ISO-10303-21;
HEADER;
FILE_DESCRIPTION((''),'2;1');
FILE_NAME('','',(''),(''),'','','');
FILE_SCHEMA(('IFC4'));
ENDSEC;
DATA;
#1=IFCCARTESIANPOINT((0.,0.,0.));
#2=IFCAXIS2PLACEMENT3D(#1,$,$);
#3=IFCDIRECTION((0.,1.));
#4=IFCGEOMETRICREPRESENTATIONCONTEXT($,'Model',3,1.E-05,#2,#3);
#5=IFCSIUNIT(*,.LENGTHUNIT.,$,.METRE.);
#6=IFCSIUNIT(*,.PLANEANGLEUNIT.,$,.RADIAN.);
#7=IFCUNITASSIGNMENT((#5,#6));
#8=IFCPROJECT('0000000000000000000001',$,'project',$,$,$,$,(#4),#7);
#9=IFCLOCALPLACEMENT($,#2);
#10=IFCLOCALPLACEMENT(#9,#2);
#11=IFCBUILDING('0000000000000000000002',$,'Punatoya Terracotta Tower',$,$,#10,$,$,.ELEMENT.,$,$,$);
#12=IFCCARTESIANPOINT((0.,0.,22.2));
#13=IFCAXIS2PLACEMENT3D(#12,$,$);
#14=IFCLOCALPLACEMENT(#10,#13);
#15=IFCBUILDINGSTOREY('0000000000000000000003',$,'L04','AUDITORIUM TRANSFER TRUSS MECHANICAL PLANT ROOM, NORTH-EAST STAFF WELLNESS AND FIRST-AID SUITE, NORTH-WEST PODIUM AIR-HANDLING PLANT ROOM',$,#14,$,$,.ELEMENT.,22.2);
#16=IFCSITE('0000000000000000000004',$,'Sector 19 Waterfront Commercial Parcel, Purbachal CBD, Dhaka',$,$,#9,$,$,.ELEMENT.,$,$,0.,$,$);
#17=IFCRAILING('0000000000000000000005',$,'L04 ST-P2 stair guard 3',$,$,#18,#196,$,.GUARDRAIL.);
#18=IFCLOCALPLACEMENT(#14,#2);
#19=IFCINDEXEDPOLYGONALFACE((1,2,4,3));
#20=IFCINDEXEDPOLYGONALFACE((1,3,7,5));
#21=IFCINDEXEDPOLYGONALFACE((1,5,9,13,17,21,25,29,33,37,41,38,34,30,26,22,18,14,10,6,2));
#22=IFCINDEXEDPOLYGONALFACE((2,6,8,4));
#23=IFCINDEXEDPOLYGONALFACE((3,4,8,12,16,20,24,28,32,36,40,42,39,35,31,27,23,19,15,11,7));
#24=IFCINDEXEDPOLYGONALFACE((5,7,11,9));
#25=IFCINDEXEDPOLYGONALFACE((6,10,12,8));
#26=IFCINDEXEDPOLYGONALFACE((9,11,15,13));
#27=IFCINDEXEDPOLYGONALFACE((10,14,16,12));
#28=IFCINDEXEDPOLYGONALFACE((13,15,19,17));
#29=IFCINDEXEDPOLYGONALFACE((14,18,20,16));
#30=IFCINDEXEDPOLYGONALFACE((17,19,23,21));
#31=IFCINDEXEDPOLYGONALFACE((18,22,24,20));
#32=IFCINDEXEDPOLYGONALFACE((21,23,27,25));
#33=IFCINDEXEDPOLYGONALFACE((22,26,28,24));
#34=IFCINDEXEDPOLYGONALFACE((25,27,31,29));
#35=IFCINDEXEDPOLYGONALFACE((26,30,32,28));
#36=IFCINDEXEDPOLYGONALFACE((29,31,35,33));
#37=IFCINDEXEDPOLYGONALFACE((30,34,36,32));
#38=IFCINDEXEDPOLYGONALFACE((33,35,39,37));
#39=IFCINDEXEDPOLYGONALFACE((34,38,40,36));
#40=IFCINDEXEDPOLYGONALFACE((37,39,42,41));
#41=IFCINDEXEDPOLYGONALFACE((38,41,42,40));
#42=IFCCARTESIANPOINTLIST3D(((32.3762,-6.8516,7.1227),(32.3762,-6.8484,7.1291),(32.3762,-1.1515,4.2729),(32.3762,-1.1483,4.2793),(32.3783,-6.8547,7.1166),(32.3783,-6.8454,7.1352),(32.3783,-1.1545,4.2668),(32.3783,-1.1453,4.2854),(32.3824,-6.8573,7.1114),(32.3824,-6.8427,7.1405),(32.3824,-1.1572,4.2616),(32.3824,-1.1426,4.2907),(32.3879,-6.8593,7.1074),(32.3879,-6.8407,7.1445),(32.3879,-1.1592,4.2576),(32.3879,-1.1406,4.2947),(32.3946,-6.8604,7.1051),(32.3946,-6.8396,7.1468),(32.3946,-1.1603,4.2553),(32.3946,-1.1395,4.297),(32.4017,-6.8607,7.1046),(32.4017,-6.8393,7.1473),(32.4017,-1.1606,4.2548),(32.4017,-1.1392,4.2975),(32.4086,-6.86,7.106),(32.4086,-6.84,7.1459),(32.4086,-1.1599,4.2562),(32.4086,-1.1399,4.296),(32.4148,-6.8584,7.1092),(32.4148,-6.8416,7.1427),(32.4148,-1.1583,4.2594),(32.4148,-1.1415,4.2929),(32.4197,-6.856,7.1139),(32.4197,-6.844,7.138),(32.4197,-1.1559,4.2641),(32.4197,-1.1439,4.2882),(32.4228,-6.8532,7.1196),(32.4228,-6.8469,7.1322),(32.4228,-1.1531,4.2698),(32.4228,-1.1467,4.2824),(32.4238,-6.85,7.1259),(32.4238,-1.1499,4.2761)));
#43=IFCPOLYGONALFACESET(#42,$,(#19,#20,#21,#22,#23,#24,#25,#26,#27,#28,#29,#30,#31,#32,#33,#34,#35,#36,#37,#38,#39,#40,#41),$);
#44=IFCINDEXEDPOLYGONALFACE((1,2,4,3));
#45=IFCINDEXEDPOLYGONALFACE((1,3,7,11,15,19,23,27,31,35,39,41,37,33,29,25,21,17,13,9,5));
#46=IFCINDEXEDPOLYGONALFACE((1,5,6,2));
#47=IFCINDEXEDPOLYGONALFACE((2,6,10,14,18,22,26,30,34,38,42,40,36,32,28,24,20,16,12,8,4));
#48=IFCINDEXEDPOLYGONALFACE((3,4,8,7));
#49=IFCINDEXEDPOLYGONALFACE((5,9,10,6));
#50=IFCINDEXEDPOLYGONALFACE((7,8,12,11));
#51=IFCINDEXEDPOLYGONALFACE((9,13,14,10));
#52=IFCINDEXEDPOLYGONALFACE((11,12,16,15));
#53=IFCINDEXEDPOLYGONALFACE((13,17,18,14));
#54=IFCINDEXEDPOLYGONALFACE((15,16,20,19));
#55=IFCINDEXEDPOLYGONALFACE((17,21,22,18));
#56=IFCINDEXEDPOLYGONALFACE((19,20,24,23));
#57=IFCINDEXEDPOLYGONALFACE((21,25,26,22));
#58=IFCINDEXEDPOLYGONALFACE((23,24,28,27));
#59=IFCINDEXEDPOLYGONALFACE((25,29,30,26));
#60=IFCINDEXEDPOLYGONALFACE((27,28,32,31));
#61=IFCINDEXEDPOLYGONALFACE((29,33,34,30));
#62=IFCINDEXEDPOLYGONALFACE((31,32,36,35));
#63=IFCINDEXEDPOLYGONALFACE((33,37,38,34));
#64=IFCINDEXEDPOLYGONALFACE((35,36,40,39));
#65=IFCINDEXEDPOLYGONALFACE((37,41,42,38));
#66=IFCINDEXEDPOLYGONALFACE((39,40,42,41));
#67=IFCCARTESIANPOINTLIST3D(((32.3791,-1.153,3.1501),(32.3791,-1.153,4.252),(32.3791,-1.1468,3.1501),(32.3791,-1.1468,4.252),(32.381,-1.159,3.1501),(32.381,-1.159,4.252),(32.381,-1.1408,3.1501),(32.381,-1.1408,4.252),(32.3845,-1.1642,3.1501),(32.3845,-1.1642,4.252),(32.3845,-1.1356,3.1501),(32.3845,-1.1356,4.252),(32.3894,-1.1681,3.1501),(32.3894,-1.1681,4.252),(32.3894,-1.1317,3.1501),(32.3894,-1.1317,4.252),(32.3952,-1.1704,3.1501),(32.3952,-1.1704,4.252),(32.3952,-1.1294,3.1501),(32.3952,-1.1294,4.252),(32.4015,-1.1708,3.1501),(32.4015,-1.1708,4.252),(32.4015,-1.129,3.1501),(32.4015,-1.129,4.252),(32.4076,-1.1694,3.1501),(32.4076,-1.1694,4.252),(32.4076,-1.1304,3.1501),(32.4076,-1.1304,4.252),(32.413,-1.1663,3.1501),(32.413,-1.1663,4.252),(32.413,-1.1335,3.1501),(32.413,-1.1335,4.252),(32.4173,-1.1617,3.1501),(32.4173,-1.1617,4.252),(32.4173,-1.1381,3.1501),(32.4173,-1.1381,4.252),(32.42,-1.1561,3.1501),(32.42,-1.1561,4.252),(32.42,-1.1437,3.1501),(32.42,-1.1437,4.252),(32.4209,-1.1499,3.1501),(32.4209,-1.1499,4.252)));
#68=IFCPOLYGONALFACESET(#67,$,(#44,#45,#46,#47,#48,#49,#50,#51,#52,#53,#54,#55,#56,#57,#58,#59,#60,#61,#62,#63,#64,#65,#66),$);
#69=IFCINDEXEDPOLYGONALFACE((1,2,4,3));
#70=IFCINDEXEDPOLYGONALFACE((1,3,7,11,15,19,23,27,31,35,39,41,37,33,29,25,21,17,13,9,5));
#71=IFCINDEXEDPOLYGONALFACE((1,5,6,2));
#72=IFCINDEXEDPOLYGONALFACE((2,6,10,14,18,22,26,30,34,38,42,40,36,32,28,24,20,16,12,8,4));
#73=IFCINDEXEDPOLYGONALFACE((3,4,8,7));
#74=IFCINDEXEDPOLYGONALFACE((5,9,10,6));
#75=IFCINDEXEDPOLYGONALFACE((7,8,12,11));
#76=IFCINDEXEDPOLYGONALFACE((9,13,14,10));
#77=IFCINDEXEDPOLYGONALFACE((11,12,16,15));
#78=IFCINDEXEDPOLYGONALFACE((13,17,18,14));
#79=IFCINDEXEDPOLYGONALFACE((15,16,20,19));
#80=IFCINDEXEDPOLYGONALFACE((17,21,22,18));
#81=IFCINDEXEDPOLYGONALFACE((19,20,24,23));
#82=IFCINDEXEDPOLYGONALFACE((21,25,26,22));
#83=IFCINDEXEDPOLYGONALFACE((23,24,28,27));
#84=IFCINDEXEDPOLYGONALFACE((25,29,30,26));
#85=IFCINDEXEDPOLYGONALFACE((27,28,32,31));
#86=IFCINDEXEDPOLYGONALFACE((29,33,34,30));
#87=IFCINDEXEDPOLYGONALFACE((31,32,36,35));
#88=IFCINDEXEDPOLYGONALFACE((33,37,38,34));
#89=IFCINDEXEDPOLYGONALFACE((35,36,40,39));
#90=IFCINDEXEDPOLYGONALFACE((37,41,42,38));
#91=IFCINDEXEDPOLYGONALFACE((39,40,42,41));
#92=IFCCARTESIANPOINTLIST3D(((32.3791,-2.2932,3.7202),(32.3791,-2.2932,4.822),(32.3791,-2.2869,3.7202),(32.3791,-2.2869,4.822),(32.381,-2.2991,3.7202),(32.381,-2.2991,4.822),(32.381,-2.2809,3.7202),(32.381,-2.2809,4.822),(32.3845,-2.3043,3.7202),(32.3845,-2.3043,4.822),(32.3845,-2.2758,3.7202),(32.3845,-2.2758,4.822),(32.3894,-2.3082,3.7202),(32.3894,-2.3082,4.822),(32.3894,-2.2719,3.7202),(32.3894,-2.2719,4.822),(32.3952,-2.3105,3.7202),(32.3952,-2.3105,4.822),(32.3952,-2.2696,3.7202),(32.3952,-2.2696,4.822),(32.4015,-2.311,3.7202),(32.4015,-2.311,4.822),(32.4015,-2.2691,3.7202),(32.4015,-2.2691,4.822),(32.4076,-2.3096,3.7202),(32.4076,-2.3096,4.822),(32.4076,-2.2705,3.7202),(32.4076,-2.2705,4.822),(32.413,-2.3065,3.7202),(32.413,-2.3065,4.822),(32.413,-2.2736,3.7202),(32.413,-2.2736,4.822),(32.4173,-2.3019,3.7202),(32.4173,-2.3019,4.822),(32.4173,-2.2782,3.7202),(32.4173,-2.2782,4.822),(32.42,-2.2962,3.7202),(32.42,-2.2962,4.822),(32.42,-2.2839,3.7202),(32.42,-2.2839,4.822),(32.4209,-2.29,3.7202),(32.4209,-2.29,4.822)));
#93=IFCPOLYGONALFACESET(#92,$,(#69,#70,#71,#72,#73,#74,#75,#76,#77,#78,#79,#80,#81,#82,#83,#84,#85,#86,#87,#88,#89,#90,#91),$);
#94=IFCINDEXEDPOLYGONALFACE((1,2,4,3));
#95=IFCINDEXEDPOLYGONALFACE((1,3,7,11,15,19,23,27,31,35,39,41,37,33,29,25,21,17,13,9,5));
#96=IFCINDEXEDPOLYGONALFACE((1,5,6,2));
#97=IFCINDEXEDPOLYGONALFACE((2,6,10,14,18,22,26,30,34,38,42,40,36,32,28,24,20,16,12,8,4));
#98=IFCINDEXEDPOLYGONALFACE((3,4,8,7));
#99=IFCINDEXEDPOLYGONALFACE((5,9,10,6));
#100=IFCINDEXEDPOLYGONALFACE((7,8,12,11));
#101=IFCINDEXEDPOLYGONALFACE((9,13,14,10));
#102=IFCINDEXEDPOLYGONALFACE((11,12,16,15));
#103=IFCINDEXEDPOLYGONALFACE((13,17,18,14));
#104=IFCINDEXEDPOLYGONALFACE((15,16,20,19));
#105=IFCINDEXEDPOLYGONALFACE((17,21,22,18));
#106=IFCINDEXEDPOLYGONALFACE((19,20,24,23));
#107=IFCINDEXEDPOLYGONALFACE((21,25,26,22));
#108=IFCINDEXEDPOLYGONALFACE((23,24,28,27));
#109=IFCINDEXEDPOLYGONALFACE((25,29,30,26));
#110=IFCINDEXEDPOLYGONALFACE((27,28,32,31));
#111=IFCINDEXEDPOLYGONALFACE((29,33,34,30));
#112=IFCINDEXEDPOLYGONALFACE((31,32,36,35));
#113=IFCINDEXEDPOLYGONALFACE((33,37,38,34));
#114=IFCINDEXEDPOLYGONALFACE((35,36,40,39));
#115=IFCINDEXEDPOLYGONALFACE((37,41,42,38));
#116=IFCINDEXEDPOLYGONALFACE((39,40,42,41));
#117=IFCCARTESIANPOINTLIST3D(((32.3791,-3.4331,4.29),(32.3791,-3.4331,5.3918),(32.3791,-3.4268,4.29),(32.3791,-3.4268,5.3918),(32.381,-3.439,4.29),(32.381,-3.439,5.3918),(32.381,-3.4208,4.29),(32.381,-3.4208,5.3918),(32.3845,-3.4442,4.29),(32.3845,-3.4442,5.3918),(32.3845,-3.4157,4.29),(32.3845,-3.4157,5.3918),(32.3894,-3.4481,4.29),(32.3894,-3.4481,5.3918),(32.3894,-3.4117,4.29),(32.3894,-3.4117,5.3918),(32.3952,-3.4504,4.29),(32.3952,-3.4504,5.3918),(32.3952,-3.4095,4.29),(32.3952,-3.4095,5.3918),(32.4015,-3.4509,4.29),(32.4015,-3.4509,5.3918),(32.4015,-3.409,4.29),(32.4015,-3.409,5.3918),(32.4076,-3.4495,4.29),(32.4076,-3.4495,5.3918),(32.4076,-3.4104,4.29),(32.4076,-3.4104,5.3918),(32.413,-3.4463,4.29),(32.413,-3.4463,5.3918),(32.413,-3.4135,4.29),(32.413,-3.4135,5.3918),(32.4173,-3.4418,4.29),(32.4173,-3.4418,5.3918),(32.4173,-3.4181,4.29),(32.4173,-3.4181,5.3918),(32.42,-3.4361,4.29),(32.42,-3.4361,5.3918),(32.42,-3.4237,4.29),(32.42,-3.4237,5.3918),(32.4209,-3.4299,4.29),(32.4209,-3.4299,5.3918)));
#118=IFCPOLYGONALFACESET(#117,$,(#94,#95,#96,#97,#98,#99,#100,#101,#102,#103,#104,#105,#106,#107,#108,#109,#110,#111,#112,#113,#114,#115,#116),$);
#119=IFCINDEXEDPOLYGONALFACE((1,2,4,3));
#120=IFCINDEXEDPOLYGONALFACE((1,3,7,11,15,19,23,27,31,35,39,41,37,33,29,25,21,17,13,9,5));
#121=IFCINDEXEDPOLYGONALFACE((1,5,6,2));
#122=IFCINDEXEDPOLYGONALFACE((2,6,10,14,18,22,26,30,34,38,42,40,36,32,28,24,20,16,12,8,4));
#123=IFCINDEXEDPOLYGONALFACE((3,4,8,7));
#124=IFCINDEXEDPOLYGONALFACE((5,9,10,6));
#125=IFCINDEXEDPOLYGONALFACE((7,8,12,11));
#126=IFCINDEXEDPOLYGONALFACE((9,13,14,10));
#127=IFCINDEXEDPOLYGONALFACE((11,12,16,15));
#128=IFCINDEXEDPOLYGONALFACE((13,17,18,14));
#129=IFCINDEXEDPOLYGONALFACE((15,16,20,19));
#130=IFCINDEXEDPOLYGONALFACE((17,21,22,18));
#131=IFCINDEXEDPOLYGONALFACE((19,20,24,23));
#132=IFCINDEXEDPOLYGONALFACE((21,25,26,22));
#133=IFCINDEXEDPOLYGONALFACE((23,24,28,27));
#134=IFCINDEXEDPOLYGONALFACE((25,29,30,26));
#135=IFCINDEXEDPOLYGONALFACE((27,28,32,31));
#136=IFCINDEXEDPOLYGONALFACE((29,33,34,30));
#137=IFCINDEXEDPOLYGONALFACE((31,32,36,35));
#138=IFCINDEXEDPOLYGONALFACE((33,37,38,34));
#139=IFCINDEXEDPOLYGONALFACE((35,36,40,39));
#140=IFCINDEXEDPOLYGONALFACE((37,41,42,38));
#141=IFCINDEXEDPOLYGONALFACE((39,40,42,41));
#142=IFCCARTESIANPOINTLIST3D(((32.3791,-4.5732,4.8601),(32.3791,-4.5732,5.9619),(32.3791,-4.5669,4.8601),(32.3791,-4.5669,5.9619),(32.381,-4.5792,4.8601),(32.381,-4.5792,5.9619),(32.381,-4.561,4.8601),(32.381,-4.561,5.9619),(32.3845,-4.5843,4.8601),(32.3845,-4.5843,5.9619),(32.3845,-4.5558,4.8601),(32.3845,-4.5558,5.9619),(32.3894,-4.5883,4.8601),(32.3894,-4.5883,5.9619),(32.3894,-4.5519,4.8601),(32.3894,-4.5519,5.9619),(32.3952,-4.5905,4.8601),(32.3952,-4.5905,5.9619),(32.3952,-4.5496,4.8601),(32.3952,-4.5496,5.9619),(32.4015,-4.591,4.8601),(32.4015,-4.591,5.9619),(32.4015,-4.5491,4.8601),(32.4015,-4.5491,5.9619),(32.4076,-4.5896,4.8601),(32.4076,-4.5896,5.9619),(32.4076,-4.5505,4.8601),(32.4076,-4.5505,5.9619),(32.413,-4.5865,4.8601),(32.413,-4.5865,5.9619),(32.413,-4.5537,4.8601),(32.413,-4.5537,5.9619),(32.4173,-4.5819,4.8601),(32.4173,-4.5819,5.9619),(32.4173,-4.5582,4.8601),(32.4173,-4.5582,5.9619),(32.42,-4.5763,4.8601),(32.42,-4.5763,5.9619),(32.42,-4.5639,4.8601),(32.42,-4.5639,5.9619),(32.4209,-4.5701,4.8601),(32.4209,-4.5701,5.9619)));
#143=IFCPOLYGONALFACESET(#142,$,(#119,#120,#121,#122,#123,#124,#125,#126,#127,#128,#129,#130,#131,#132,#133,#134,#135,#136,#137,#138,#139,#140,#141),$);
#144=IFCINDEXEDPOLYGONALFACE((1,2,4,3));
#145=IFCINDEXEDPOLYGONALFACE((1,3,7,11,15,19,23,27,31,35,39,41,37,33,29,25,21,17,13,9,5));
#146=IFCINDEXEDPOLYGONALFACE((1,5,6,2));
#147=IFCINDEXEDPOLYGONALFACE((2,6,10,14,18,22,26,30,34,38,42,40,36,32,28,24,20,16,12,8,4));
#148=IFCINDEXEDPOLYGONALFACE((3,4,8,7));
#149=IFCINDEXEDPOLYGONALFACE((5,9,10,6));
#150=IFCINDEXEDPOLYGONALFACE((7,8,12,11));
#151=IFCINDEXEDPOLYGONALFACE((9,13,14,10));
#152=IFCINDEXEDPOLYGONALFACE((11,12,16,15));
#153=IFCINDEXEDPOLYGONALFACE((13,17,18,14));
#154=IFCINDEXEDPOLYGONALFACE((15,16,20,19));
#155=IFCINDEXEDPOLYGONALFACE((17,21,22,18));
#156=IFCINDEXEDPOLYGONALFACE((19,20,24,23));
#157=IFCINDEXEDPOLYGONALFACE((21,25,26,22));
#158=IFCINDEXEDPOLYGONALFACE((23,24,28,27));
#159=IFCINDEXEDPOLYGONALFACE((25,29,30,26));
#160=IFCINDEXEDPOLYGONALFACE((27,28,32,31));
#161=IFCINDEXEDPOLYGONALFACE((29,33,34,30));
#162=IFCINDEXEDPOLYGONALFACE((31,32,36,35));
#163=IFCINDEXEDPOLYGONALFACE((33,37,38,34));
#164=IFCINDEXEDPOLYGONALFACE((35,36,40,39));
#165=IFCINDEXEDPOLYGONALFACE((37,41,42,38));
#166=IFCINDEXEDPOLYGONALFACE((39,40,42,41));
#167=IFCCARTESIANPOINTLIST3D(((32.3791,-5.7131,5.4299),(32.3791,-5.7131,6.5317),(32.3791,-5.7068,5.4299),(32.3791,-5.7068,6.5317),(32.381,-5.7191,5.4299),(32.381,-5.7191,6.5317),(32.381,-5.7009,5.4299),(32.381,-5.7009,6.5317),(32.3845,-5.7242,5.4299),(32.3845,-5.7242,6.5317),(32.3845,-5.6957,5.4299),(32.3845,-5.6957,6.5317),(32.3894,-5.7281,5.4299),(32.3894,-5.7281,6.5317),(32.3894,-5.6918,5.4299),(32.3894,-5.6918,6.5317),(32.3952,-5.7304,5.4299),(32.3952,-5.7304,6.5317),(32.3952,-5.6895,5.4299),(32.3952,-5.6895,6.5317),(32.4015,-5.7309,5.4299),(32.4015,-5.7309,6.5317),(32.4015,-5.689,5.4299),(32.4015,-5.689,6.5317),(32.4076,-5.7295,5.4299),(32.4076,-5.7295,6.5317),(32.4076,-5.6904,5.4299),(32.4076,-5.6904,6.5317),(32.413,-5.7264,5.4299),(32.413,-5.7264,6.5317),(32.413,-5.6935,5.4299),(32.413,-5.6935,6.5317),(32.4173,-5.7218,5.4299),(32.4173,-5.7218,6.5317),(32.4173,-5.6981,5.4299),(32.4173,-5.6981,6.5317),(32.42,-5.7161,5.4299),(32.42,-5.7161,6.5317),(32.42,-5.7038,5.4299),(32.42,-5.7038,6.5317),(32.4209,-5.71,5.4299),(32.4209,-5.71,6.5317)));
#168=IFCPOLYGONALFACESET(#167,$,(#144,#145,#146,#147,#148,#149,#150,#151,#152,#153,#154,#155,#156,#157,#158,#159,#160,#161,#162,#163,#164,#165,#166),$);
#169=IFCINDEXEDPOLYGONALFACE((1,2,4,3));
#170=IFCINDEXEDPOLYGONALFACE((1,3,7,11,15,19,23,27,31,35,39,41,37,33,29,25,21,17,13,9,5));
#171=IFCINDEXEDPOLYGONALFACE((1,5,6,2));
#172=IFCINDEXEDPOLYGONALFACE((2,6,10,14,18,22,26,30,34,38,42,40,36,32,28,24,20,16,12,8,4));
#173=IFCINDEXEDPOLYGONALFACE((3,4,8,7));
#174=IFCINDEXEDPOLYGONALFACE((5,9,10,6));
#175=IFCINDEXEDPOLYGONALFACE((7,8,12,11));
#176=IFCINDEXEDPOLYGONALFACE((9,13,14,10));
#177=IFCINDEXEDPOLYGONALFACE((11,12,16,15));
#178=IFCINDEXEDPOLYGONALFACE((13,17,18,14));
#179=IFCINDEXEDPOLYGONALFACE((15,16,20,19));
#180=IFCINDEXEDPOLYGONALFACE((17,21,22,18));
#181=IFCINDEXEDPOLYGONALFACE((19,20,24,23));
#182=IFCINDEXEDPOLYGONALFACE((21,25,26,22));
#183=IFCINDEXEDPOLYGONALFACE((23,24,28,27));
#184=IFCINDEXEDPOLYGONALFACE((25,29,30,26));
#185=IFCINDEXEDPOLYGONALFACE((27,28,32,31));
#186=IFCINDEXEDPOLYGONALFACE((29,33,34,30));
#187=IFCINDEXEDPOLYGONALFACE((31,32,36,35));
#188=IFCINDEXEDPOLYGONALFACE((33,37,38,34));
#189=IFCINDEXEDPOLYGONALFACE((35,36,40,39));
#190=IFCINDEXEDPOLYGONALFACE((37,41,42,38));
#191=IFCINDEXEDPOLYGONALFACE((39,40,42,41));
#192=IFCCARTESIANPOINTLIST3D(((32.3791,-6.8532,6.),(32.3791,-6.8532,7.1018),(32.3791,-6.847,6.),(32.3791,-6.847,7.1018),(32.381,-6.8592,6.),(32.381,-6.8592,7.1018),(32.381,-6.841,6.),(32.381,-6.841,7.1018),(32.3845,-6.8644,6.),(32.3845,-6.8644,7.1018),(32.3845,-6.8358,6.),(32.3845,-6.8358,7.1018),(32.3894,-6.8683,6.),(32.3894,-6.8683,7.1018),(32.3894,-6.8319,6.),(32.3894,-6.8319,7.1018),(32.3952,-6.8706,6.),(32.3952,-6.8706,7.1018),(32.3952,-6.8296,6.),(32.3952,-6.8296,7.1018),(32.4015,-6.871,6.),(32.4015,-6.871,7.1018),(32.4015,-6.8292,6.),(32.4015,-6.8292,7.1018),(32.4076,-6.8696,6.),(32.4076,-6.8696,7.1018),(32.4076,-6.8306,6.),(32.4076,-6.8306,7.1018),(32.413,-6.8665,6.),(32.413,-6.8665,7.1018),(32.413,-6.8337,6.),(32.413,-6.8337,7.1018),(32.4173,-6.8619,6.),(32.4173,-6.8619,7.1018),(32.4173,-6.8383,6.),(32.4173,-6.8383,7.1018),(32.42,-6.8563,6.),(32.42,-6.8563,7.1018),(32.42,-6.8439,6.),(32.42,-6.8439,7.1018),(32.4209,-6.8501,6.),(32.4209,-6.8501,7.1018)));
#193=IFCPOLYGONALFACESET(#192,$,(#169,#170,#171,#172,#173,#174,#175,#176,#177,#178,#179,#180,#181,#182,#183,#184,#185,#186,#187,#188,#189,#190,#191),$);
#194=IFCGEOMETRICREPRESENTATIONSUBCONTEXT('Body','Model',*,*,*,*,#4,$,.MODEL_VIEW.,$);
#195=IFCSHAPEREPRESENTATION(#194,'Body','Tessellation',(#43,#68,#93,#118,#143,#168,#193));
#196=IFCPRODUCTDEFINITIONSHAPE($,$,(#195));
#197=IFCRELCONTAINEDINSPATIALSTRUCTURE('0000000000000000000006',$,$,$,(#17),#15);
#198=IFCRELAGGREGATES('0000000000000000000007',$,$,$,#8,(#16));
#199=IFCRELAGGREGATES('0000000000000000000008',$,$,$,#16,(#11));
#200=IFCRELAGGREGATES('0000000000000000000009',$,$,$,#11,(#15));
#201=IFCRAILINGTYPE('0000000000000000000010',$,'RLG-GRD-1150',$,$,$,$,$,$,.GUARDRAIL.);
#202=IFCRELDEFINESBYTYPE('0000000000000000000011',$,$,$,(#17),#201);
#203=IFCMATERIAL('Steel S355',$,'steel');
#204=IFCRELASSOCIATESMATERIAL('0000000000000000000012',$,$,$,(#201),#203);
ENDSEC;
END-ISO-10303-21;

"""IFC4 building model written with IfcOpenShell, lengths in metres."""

from ifc_helpers import new_model, si_unit, direction, frame, origin, origin_2d, place, context, subcontext, project, spatial, circle, extrude, material, type_object, element, save


model = new_model("IFC4")

# Units and contexts
model_context = context("Model", 3, precision=1e-05, world=origin(), true_north=direction((0.0, 1.0)))
body_context = subcontext(model_context, "Body", "Model", "MODEL_VIEW")
ifc_project = project(units=[si_unit("LENGTHUNIT", "METRE"), si_unit("PLANEANGLEUNIT", "RADIAN")], contexts=[model_context])

# Site, building, storey
site_placement = place(None, origin())
site = spatial("IfcSite", under=ifc_project, at=site_placement, Name="Sector 19 Waterfront Commercial Parcel, Purbachal CBD, Dhaka", CompositionType="ELEMENT", RefElevation=0.0)
building_placement = place(site_placement, origin())
building = spatial("IfcBuilding", under=site, at=building_placement, Name="Punatoya Terracotta Tower", CompositionType="ELEMENT")
storey_placement = place(building_placement, frame((0.0, 0.0, 22.2)))
storey = spatial("IfcBuildingStorey", under=building, at=storey_placement, Name="L04", Description="AUDITORIUM TRANSFER TRUSS MECHANICAL PLANT ROOM, NORTH-EAST STAFF WELLNESS AND FIRST-AID SUITE, NORTH-WEST PODIUM AIR-HANDLING PLANT ROOM", CompositionType="ELEMENT", Elevation=22.2)

# Shared definitions
ifc_material_1 = material(Name="Steel S355", Category="steel")

# Railing
railing_type_1 = type_object("IfcRailingType", Name="RLG-GRD-1150", PredefinedType="GUARDRAIL", material=ifc_material_1)
railing_1_placement = place(storey_placement, frame((32.3999, -1.1499, 3.1501)))
element("IfcRailing", 1, at=railing_1_placement, inside=storey, type_object=railing_type_1, Name="L04 ST-P2 stair guard 3", PredefinedType="GUARDRAIL", context=body_context, shape_type="SweptSolid", body=[
    extrude(circle(Radius=0.0239, at=origin_2d()), frame((0.0, 0.0, 1.126), z_axis=(0.0, -0.894443, 0.447183), x_axis=(1.0, 0.0, 0.0)), (0.0, 0.0, 1.0), 6.3728),
    extrude(circle(Radius=0.021, at=origin_2d()), origin(), (0.0, 0.0, 1.0), 1.1018),
    extrude(circle(Radius=0.021, at=origin_2d()), frame((0.0, -1.1401, 0.5701)), (0.0, 0.0, 1.0), 1.1018),
    extrude(circle(Radius=0.021, at=origin_2d()), frame((0.0, -2.28, 1.1399)), (0.0, 0.0, 1.0), 1.1018),
    extrude(circle(Radius=0.021, at=origin_2d()), frame((0.0, -3.4202, 1.71)), (0.0, 0.0, 1.0), 1.1018),
    extrude(circle(Radius=0.021, at=origin_2d()), frame((0.0, -4.5601, 2.2798)), (0.0, 0.0, 1.0), 1.1018),
    extrude(circle(Radius=0.021, at=origin_2d()), frame((0.0, -5.7002, 2.8499)), (0.0, 0.0, 1.0), 1.1018),
])

save(model, "model.ifc")
